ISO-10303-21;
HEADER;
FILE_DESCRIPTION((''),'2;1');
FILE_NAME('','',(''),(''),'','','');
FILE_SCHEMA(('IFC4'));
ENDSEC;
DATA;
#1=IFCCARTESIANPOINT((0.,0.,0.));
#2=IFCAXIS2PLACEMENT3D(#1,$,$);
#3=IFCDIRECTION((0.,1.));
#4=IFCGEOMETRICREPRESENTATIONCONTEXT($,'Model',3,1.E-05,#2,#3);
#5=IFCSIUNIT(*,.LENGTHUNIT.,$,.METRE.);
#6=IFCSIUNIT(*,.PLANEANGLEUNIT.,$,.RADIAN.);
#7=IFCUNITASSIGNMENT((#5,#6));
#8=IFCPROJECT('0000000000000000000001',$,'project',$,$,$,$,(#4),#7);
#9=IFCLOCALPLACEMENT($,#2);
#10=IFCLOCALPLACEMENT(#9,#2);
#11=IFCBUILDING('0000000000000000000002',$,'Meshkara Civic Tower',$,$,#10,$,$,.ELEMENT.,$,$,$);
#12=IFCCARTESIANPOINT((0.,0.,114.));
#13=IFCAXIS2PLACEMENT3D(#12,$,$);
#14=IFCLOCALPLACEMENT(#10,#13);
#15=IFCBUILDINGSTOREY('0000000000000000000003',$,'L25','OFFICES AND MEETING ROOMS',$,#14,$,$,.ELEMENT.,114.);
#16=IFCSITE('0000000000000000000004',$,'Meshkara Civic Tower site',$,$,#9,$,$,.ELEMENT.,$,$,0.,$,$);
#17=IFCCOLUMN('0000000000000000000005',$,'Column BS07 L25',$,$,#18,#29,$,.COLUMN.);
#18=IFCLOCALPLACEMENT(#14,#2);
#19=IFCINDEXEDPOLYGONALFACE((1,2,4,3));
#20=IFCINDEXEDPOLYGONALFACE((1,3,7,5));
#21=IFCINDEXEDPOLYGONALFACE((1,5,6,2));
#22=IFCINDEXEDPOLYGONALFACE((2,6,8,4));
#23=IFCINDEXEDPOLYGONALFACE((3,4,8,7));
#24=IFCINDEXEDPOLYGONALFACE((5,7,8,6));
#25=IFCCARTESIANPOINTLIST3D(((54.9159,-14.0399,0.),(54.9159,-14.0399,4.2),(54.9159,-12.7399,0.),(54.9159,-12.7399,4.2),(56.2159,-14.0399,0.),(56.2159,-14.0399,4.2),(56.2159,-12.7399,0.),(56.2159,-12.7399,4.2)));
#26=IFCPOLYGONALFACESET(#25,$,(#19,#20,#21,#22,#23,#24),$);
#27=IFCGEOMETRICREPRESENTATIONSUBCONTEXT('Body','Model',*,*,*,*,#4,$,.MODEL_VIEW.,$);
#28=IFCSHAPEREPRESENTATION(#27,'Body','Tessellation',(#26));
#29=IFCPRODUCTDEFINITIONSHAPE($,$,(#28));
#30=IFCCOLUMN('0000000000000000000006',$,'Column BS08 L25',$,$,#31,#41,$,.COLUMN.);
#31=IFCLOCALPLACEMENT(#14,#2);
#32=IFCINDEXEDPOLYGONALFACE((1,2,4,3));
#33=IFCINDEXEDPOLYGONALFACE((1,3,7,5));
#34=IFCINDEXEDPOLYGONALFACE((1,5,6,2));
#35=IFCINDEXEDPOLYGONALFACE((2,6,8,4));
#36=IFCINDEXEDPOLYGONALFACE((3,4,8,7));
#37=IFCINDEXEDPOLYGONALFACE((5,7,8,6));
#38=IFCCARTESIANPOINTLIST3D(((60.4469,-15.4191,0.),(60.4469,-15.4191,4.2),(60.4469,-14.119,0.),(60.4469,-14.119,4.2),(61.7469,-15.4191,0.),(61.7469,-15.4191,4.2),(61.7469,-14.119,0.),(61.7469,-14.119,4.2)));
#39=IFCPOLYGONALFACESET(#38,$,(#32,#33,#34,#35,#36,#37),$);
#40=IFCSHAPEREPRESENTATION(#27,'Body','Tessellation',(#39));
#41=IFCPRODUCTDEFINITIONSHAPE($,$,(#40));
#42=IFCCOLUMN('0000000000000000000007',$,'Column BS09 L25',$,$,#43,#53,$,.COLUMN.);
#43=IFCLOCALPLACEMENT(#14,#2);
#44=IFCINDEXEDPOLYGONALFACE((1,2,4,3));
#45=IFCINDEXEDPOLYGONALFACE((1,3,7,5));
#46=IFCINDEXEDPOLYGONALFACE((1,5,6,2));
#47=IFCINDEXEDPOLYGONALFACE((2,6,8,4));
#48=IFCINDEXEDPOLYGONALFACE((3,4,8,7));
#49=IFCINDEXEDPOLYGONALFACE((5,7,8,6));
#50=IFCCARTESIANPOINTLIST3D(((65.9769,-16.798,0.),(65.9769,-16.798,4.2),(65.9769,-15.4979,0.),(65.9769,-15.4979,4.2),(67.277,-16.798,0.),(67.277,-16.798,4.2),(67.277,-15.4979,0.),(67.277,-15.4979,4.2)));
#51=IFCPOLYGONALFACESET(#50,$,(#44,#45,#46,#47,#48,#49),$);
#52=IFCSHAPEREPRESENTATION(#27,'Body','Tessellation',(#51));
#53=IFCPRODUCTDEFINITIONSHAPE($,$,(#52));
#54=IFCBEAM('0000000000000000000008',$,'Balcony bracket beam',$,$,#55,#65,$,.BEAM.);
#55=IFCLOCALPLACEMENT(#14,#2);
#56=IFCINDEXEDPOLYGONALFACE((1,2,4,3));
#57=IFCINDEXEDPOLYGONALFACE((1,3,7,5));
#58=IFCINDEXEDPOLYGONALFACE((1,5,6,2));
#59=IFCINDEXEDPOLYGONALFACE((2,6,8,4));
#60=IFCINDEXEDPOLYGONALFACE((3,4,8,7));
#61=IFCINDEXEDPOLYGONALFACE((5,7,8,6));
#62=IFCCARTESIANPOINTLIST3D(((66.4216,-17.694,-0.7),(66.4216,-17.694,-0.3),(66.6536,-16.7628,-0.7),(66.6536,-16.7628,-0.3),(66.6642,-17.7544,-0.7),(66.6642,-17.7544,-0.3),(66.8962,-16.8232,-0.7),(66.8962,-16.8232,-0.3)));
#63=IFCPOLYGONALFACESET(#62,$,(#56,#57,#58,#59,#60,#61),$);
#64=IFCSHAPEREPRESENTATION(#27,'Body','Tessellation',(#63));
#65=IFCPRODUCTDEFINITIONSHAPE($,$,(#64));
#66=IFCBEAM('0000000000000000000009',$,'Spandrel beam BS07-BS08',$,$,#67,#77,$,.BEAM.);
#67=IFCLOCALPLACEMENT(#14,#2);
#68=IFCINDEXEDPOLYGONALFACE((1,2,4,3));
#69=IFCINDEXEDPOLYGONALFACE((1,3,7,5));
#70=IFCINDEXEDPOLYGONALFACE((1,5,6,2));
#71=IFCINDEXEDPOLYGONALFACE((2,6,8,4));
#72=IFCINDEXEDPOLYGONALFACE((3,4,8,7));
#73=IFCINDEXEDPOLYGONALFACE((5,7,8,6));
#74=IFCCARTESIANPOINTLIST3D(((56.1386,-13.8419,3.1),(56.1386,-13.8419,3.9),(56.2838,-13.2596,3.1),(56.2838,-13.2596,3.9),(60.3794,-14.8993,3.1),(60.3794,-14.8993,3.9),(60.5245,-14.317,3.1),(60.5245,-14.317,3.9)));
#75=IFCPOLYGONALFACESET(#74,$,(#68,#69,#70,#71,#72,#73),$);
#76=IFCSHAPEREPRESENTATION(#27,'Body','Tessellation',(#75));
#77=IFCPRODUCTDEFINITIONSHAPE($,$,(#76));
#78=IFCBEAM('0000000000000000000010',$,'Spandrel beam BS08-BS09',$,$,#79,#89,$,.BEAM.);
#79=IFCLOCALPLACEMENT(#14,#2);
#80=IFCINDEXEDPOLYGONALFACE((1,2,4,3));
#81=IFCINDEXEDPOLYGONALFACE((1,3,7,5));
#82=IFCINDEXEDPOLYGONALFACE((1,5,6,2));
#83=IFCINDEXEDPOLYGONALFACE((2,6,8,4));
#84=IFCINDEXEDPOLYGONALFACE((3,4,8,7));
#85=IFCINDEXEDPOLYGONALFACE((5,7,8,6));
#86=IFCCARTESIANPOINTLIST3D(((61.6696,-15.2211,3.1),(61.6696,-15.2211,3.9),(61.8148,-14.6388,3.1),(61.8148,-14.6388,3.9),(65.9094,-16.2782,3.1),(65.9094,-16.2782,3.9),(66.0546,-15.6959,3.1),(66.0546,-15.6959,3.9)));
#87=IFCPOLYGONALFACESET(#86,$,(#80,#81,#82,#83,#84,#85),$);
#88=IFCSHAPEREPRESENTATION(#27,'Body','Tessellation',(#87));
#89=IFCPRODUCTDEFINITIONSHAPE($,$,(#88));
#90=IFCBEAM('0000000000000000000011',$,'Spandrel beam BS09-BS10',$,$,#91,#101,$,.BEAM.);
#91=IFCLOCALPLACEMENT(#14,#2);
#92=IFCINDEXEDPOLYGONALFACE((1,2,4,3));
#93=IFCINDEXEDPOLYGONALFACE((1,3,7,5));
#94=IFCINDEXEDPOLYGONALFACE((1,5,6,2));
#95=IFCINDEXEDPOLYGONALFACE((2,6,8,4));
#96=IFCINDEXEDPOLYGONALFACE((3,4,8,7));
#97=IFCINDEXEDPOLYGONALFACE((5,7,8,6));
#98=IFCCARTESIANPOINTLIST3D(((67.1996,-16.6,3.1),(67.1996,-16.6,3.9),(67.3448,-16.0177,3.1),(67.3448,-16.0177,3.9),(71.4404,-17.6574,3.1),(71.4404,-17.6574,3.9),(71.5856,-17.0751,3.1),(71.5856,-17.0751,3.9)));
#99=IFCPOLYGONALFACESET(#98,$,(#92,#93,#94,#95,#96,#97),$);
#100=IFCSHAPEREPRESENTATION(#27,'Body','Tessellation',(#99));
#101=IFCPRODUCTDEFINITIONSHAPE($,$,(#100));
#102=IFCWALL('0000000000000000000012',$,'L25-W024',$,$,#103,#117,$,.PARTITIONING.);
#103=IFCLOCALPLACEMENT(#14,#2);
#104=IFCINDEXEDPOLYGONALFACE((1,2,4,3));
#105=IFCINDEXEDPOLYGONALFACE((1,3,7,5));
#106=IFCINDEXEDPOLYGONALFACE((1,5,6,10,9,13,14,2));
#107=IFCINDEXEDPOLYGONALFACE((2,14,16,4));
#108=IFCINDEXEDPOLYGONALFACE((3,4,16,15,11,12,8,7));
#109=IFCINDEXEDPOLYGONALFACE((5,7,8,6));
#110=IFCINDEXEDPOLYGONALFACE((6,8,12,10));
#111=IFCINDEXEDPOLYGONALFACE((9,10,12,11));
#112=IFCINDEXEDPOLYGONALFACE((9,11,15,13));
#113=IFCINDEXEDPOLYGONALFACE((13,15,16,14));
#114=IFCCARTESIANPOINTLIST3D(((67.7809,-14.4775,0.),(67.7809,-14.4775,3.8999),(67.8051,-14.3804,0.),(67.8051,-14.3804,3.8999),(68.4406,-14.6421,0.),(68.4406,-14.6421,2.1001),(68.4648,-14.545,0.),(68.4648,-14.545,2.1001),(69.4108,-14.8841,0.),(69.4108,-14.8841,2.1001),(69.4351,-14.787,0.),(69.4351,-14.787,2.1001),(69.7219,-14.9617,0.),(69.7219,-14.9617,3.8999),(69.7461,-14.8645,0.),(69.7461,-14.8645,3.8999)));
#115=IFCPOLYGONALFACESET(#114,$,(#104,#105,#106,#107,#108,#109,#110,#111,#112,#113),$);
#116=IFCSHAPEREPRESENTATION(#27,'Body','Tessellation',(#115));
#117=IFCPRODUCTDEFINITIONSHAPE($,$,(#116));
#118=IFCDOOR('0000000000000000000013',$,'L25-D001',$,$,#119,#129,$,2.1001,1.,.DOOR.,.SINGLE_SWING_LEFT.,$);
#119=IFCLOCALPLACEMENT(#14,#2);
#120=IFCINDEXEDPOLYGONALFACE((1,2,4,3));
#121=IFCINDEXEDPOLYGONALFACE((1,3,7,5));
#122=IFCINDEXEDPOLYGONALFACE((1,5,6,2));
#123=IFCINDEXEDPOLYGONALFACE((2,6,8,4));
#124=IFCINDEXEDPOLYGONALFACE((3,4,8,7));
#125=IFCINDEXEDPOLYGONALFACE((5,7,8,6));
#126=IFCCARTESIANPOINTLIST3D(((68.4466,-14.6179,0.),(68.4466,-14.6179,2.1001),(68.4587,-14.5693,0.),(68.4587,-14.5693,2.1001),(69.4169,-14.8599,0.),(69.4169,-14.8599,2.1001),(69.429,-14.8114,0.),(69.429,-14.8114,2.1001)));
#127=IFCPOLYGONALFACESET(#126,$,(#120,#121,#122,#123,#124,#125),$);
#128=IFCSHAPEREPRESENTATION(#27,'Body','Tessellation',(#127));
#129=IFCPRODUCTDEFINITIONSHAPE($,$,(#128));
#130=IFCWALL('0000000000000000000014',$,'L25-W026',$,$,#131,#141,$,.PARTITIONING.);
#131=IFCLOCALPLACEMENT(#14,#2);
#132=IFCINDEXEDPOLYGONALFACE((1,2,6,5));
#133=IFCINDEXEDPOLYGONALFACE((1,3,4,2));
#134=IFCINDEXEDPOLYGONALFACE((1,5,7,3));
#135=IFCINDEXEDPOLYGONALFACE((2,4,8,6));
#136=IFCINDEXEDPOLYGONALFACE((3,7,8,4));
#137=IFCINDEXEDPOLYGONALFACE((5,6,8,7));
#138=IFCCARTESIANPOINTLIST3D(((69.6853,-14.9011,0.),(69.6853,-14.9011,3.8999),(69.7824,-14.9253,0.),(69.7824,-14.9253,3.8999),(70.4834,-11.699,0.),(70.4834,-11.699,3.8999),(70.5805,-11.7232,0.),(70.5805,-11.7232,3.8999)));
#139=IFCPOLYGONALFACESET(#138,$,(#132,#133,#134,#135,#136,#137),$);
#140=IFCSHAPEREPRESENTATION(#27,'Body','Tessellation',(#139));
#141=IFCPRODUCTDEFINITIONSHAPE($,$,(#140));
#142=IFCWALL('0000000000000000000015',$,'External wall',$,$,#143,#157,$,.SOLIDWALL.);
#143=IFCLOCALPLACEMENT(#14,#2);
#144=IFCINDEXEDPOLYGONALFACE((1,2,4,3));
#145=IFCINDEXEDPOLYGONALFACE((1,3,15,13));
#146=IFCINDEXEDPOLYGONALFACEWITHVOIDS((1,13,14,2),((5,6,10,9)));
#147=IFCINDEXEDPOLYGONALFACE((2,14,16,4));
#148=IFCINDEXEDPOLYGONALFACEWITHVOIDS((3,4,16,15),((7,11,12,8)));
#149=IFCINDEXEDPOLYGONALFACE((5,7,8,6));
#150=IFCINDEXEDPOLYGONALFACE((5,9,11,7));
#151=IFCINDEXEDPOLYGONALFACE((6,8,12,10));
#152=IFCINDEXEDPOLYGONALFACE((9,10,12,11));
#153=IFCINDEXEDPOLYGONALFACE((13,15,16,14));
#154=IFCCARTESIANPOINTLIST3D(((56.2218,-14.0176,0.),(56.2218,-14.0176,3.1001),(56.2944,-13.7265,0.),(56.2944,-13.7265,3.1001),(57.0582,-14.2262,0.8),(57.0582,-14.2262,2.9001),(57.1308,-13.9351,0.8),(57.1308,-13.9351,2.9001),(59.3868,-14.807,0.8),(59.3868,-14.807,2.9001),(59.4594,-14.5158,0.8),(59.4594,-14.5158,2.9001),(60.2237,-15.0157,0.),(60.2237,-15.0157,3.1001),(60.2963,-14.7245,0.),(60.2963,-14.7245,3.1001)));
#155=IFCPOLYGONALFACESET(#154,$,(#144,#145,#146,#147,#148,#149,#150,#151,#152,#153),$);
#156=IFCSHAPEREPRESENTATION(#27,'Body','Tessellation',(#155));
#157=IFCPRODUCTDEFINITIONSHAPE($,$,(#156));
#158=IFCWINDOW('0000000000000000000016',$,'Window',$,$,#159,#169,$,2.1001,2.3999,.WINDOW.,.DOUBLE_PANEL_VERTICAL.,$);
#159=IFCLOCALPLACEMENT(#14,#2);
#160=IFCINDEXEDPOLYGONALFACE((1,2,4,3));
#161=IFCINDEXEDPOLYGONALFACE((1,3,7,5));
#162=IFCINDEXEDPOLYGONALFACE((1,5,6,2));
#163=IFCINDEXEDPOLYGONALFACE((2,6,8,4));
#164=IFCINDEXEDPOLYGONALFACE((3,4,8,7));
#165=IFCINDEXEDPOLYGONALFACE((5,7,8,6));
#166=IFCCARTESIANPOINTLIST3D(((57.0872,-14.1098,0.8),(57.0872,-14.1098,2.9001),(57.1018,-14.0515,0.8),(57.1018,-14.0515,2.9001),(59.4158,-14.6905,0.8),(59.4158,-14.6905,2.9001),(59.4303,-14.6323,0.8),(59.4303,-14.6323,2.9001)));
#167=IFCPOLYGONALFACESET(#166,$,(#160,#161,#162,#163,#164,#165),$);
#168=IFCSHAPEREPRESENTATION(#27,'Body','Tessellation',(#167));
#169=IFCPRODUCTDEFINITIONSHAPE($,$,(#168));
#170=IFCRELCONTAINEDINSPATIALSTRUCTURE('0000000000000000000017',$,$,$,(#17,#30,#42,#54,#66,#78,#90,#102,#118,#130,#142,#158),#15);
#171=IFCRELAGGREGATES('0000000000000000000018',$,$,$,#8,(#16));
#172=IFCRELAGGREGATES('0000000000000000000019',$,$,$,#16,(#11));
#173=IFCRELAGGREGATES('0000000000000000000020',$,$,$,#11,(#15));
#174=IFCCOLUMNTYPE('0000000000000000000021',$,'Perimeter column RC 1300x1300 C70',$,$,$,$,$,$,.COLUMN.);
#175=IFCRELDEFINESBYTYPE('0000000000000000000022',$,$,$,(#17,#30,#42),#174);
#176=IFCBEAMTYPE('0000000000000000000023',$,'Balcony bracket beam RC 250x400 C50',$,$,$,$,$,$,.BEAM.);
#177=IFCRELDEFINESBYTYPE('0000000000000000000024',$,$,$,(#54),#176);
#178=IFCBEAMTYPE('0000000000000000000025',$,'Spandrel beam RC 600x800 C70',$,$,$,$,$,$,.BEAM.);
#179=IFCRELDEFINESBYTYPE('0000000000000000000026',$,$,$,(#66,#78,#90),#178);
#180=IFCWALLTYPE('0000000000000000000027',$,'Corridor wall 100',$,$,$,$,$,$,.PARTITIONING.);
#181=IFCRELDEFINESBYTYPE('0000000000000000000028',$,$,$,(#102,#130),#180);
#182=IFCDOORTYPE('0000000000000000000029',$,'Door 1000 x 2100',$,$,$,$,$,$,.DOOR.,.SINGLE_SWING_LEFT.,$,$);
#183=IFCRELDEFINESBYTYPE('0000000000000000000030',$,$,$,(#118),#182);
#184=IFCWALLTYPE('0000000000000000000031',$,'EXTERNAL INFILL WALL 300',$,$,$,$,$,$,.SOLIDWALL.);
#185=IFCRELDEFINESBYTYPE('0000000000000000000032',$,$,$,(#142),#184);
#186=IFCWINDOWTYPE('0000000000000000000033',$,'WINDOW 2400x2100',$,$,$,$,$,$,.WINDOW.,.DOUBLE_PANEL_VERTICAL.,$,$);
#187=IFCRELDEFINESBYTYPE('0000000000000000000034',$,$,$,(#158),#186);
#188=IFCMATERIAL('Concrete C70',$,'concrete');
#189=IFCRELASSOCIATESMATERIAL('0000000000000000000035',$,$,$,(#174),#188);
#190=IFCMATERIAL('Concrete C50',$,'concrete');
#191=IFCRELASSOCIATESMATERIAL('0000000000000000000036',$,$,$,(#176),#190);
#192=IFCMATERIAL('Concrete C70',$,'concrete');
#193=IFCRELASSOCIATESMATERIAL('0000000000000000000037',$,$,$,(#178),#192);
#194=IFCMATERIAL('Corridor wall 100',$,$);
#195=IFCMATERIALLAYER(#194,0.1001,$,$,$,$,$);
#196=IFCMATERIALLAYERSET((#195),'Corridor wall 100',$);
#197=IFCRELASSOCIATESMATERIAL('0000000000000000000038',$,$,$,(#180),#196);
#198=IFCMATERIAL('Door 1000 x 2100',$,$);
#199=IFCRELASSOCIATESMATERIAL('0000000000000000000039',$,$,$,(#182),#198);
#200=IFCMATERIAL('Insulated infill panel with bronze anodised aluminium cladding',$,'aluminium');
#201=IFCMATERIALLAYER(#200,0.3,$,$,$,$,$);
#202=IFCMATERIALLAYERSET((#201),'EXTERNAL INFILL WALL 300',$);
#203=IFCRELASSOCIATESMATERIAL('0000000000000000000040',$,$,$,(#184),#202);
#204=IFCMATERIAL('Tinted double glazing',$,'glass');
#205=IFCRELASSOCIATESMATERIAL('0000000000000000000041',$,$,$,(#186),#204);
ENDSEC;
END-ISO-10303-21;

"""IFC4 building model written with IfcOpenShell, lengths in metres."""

from ifc_helpers import new_model, si_unit, direction, frame, frame_2d, origin, origin_2d, place, context, subcontext, project, spatial, rectangle, extrude, material, layer, layer_set, material_profile, profile_set, type_object, element, fill, save


model = new_model("IFC4")

# Units and contexts
model_context = context("Model", 3, precision=1e-05, world=origin(), true_north=direction((0.0, 1.0)))
body_context = subcontext(model_context, "Body", "Model", "MODEL_VIEW")
ifc_project = project(units=[si_unit("LENGTHUNIT", "METRE"), si_unit("PLANEANGLEUNIT", "RADIAN")], contexts=[model_context])

# Site, building, storey
site_placement = place(None, origin())
site = spatial("IfcSite", under=ifc_project, at=site_placement, Name="Meshkara Civic Tower site", CompositionType="ELEMENT", RefElevation=0.0)
building_placement = place(site_placement, origin())
building = spatial("IfcBuilding", under=site, at=building_placement, Name="Meshkara Civic Tower", CompositionType="ELEMENT")
storey_placement = place(building_placement, frame((0.0, 0.0, 114.0)))
storey = spatial("IfcBuildingStorey", under=building, at=storey_placement, Name="L25", Description="OFFICES AND MEETING ROOMS", CompositionType="ELEMENT", Elevation=114.0)

# Columns
ifc_material_1 = material(Name="Concrete C70", Category="concrete")
ifc_material_profile_1 = material_profile(ifc_material_1, rectangle(XDim=1.3, YDim=1.3, at=origin_2d()))
ifc_profile_set_1 = profile_set([ifc_material_profile_1], Name="Concrete C70")
column_type = type_object("IfcColumnType", Name="Perimeter column RC 1300x1300 C70", PredefinedType="COLUMN", material=ifc_profile_set_1)
for number, where, z_axis, x_axis, name in (
    (1, (55.5659, -13.3899, 0.0), (0.0, 0.0, 1.0), (1.0, 0.0, 0.0), "Column BS07 L25"),
    (2, (61.0969, -14.769, 0.0), (0.0, 0.0, 1.0), (1.0, 0.0, 0.0), "Column BS08 L25"),
    (3, (66.627, -16.1479, 0.0), (0.0, 0.0, 1.0), (1.0, 0.0, 0.0), "Column BS09 L25"),
):
    element("IfcColumn", number, at=place(storey_placement, frame(where, z_axis=z_axis, x_axis=x_axis)), inside=storey, type_object=column_type, Name=name, PredefinedType="COLUMN", context=body_context, shape_type="SweptSolid", body=[
        extrude(rectangle(XDim=1.3, YDim=1.3, at=origin_2d()), origin(), (0.0, 0.0, 1.0), 4.2),
    ])

# Beams
ifc_material_2 = material(Name="Concrete C50", Category="concrete")
ifc_material_profile_2 = material_profile(ifc_material_2, rectangle(XDim=0.25, YDim=0.3999, at=origin_2d()))
ifc_profile_set_2 = profile_set([ifc_material_profile_2], Name="Concrete C50")
beam_type_1 = type_object("IfcBeamType", Name="Balcony bracket beam RC 250x400 C50", PredefinedType="BEAM", material=ifc_profile_set_2)
beam_1_placement = place(storey_placement, frame((66.7749, -16.793, -0.5), z_axis=(-0.241697, -0.970352, 0.0), x_axis=(0.970352, -0.241697, 0.0)))
element("IfcBeam", 4, at=beam_1_placement, inside=storey, type_object=beam_type_1, Name="Balcony bracket beam", PredefinedType="BEAM", context=body_context, shape_type="SweptSolid", body=[
    extrude(rectangle(XDim=0.25, YDim=0.3999, at=origin_2d()), origin(), (0.0, 0.0, 1.0), 0.9597),
])
ifc_material_3 = material(Name="Concrete C70", Category="concrete")
ifc_material_profile_3 = material_profile(ifc_material_3, rectangle(XDim=0.6001, YDim=0.8, at=origin_2d()))
ifc_profile_set_3 = profile_set([ifc_material_profile_3], Name="Concrete C70")
beam_type_2 = type_object("IfcBeamType", Name="Spandrel beam RC 600x800 C70", PredefinedType="BEAM", material=ifc_profile_set_3)
beam_2_placement = place(storey_placement, frame((56.2112, -13.5508, 3.5), z_axis=(0.970293, -0.241931, 0.0), x_axis=(0.241931, 0.970293, 0.0)))
element("IfcBeam", 5, at=beam_2_placement, inside=storey, type_object=beam_type_2, Name="Spandrel beam BS07-BS08", PredefinedType="BEAM", context=body_context, shape_type="SweptSolid", body=[
    extrude(rectangle(XDim=0.6001, YDim=0.8, at=origin_2d()), origin(), (0.0, 0.0, 1.0), 4.3706),
])
beam_3_placement = place(storey_placement, frame((61.7422, -14.9299, 3.5), z_axis=(0.970293, -0.241931, 0.0), x_axis=(0.241931, 0.970293, 0.0)))
element("IfcBeam", 6, at=beam_3_placement, inside=storey, type_object=beam_type_2, Name="Spandrel beam BS08-BS09", PredefinedType="BEAM", context=body_context, shape_type="SweptSolid", body=[
    extrude(rectangle(XDim=0.6001, YDim=0.8, at=origin_2d()), origin(), (0.0, 0.0, 1.0), 4.3696),
])
beam_4_placement = place(storey_placement, frame((67.2722, -16.3088, 3.5), z_axis=(0.970293, -0.241931, 0.0), x_axis=(0.241931, 0.970293, 0.0)))
element("IfcBeam", 7, at=beam_4_placement, inside=storey, type_object=beam_type_2, Name="Spandrel beam BS09-BS10", PredefinedType="BEAM", context=body_context, shape_type="SweptSolid", body=[
    extrude(rectangle(XDim=0.6001, YDim=0.8, at=origin_2d()), origin(), (0.0, 0.0, 1.0), 4.3706),
])

# Wall, opening, door
ifc_material_4 = material(Name="Corridor wall 100")
ifc_layer_1 = layer(ifc_material_4, 0.1001)
ifc_layer_set_1 = layer_set([ifc_layer_1], Name="Corridor wall 100")
wall_type_1 = type_object("IfcWallType", Name="Corridor wall 100", PredefinedType="PARTITIONING", material=ifc_layer_set_1)
wall_1_placement = place(storey_placement, frame((67.793, -14.429, 0.0), z_axis=(0.0, 0.0, 1.0), x_axis=(0.970272, -0.242019, 0.0)))
wall_1 = element("IfcWall", 8, at=wall_1_placement, inside=storey, type_object=wall_type_1, Name="L25-W024", PredefinedType="PARTITIONING", context=body_context, shape_type="SweptSolid", body=[
    extrude(rectangle(XDim=2.0005, YDim=0.1001, at=frame_2d((1.0002, 0.0))), origin(), (0.0, 0.0, 1.0), 3.8999),
])
opening_1_placement = place(wall_1_placement, frame((0.6799, 0.0, 0.0)))
opening_1 = element("IfcOpeningElement", 9, at=opening_1_placement, cuts=wall_1, PredefinedType="OPENING", context=body_context, shape_type="SweptSolid", body=[
    extrude(rectangle(XDim=1.0, YDim=2.1001, at=frame_2d((0.5, 1.05))), frame((0.0, 0.0601, 0.0), z_axis=(0.0, -1.0, 0.0), x_axis=(1.0, 0.0, 0.0)), (0.0, 0.0, 1.0), 0.1201),
])
ifc_material_5 = material(Name="Door 1000 x 2100")
door_type_1 = type_object("IfcDoorType", Name="Door 1000 x 2100", OperationType="SINGLE_SWING_LEFT", PredefinedType="DOOR", material=ifc_material_5)
door_1_placement = place(opening_1_placement, origin())
door_1 = element("IfcDoor", 10, at=door_1_placement, inside=storey, type_object=door_type_1, Name="L25-D001", OperationType="SINGLE_SWING_LEFT", OverallHeight=2.1001, OverallWidth=1.0, PredefinedType="DOOR", context=body_context, shape_type="SweptSolid", body=[
    extrude(rectangle(XDim=1.0, YDim=2.1001, at=frame_2d((0.5, 1.05))), frame((0.0, 0.0249, 0.0), z_axis=(0.0, -1.0, 0.0), x_axis=(1.0, 0.0, 0.0)), (0.0, 0.0, 1.0), 0.05),
])
fill(opening_1, door_1)

# Wall
wall_2_placement = place(storey_placement, frame((69.7339, -14.9131, 0.0), z_axis=(0.0, 0.0, 1.0), x_axis=(0.241839, 0.970316, 0.0)))
element("IfcWall", 11, at=wall_2_placement, inside=storey, type_object=wall_type_1, Name="L25-W026", PredefinedType="PARTITIONING", context=body_context, shape_type="SweptSolid", body=[
    extrude(rectangle(XDim=3.3, YDim=0.1001, at=frame_2d((1.6499, 0.0))), origin(), (0.0, 0.0, 1.0), 3.8999),
])

# Wall, opening, window
ifc_material_6 = material(Name="Insulated infill panel with bronze anodised aluminium cladding", Category="aluminium")
ifc_layer_2 = layer(ifc_material_6, 0.3)
ifc_layer_set_2 = layer_set([ifc_layer_2], Name="EXTERNAL INFILL WALL 300")
wall_type_2 = type_object("IfcWallType", Name="EXTERNAL INFILL WALL 300", PredefinedType="SOLIDWALL", material=ifc_layer_set_2)
wall_3_placement = place(storey_placement, frame((56.2581, -13.8721, 0.0), z_axis=(0.0, 0.0, 1.0), x_axis=(0.970282, -0.241978, 0.0)))
wall_3 = element("IfcWall", 12, at=wall_3_placement, inside=storey, type_object=wall_type_2, Name="External wall", PredefinedType="SOLIDWALL", context=body_context, shape_type="SweptSolid", body=[
    extrude(rectangle(XDim=4.1245, YDim=0.3, at=frame_2d((2.0623, 0.0))), origin(), (0.0, 0.0, 1.0), 3.1001),
])
opening_2_placement = place(wall_3_placement, frame((0.8621, 0.0, 0.8)))
opening_2 = element("IfcOpeningElement", 13, at=opening_2_placement, cuts=wall_3, PredefinedType="OPENING", context=body_context, shape_type="SweptSolid", body=[
    extrude(rectangle(XDim=2.3999, YDim=2.1001, at=frame_2d((1.2, 1.05))), frame((0.0, 0.1599, 0.0), z_axis=(0.0, -1.0, 0.0), x_axis=(1.0, 0.0, 0.0)), (0.0, 0.0, 1.0), 0.3201),
])
ifc_material_7 = material(Name="Tinted double glazing", Category="glass")
window_type = type_object("IfcWindowType", Name="WINDOW 2400x2100", PartitioningType="DOUBLE_PANEL_VERTICAL", PredefinedType="WINDOW", material=ifc_material_7)
window_1_placement = place(opening_2_placement, origin())
window_1 = element("IfcWindow", 14, at=window_1_placement, inside=storey, type_object=window_type, Name="Window", OverallHeight=2.1001, OverallWidth=2.3999, PartitioningType="DOUBLE_PANEL_VERTICAL", PredefinedType="WINDOW", context=body_context, shape_type="SweptSolid", body=[
    extrude(rectangle(XDim=2.3999, YDim=2.1001, at=frame_2d((1.2, 1.05))), frame((0.0, 0.03, 0.0), z_axis=(0.0, -1.0, 0.0), x_axis=(1.0, 0.0, 0.0)), (0.0, 0.0, 1.0), 0.0601),
])
fill(opening_2, window_1)

save(model, "model.ifc")
